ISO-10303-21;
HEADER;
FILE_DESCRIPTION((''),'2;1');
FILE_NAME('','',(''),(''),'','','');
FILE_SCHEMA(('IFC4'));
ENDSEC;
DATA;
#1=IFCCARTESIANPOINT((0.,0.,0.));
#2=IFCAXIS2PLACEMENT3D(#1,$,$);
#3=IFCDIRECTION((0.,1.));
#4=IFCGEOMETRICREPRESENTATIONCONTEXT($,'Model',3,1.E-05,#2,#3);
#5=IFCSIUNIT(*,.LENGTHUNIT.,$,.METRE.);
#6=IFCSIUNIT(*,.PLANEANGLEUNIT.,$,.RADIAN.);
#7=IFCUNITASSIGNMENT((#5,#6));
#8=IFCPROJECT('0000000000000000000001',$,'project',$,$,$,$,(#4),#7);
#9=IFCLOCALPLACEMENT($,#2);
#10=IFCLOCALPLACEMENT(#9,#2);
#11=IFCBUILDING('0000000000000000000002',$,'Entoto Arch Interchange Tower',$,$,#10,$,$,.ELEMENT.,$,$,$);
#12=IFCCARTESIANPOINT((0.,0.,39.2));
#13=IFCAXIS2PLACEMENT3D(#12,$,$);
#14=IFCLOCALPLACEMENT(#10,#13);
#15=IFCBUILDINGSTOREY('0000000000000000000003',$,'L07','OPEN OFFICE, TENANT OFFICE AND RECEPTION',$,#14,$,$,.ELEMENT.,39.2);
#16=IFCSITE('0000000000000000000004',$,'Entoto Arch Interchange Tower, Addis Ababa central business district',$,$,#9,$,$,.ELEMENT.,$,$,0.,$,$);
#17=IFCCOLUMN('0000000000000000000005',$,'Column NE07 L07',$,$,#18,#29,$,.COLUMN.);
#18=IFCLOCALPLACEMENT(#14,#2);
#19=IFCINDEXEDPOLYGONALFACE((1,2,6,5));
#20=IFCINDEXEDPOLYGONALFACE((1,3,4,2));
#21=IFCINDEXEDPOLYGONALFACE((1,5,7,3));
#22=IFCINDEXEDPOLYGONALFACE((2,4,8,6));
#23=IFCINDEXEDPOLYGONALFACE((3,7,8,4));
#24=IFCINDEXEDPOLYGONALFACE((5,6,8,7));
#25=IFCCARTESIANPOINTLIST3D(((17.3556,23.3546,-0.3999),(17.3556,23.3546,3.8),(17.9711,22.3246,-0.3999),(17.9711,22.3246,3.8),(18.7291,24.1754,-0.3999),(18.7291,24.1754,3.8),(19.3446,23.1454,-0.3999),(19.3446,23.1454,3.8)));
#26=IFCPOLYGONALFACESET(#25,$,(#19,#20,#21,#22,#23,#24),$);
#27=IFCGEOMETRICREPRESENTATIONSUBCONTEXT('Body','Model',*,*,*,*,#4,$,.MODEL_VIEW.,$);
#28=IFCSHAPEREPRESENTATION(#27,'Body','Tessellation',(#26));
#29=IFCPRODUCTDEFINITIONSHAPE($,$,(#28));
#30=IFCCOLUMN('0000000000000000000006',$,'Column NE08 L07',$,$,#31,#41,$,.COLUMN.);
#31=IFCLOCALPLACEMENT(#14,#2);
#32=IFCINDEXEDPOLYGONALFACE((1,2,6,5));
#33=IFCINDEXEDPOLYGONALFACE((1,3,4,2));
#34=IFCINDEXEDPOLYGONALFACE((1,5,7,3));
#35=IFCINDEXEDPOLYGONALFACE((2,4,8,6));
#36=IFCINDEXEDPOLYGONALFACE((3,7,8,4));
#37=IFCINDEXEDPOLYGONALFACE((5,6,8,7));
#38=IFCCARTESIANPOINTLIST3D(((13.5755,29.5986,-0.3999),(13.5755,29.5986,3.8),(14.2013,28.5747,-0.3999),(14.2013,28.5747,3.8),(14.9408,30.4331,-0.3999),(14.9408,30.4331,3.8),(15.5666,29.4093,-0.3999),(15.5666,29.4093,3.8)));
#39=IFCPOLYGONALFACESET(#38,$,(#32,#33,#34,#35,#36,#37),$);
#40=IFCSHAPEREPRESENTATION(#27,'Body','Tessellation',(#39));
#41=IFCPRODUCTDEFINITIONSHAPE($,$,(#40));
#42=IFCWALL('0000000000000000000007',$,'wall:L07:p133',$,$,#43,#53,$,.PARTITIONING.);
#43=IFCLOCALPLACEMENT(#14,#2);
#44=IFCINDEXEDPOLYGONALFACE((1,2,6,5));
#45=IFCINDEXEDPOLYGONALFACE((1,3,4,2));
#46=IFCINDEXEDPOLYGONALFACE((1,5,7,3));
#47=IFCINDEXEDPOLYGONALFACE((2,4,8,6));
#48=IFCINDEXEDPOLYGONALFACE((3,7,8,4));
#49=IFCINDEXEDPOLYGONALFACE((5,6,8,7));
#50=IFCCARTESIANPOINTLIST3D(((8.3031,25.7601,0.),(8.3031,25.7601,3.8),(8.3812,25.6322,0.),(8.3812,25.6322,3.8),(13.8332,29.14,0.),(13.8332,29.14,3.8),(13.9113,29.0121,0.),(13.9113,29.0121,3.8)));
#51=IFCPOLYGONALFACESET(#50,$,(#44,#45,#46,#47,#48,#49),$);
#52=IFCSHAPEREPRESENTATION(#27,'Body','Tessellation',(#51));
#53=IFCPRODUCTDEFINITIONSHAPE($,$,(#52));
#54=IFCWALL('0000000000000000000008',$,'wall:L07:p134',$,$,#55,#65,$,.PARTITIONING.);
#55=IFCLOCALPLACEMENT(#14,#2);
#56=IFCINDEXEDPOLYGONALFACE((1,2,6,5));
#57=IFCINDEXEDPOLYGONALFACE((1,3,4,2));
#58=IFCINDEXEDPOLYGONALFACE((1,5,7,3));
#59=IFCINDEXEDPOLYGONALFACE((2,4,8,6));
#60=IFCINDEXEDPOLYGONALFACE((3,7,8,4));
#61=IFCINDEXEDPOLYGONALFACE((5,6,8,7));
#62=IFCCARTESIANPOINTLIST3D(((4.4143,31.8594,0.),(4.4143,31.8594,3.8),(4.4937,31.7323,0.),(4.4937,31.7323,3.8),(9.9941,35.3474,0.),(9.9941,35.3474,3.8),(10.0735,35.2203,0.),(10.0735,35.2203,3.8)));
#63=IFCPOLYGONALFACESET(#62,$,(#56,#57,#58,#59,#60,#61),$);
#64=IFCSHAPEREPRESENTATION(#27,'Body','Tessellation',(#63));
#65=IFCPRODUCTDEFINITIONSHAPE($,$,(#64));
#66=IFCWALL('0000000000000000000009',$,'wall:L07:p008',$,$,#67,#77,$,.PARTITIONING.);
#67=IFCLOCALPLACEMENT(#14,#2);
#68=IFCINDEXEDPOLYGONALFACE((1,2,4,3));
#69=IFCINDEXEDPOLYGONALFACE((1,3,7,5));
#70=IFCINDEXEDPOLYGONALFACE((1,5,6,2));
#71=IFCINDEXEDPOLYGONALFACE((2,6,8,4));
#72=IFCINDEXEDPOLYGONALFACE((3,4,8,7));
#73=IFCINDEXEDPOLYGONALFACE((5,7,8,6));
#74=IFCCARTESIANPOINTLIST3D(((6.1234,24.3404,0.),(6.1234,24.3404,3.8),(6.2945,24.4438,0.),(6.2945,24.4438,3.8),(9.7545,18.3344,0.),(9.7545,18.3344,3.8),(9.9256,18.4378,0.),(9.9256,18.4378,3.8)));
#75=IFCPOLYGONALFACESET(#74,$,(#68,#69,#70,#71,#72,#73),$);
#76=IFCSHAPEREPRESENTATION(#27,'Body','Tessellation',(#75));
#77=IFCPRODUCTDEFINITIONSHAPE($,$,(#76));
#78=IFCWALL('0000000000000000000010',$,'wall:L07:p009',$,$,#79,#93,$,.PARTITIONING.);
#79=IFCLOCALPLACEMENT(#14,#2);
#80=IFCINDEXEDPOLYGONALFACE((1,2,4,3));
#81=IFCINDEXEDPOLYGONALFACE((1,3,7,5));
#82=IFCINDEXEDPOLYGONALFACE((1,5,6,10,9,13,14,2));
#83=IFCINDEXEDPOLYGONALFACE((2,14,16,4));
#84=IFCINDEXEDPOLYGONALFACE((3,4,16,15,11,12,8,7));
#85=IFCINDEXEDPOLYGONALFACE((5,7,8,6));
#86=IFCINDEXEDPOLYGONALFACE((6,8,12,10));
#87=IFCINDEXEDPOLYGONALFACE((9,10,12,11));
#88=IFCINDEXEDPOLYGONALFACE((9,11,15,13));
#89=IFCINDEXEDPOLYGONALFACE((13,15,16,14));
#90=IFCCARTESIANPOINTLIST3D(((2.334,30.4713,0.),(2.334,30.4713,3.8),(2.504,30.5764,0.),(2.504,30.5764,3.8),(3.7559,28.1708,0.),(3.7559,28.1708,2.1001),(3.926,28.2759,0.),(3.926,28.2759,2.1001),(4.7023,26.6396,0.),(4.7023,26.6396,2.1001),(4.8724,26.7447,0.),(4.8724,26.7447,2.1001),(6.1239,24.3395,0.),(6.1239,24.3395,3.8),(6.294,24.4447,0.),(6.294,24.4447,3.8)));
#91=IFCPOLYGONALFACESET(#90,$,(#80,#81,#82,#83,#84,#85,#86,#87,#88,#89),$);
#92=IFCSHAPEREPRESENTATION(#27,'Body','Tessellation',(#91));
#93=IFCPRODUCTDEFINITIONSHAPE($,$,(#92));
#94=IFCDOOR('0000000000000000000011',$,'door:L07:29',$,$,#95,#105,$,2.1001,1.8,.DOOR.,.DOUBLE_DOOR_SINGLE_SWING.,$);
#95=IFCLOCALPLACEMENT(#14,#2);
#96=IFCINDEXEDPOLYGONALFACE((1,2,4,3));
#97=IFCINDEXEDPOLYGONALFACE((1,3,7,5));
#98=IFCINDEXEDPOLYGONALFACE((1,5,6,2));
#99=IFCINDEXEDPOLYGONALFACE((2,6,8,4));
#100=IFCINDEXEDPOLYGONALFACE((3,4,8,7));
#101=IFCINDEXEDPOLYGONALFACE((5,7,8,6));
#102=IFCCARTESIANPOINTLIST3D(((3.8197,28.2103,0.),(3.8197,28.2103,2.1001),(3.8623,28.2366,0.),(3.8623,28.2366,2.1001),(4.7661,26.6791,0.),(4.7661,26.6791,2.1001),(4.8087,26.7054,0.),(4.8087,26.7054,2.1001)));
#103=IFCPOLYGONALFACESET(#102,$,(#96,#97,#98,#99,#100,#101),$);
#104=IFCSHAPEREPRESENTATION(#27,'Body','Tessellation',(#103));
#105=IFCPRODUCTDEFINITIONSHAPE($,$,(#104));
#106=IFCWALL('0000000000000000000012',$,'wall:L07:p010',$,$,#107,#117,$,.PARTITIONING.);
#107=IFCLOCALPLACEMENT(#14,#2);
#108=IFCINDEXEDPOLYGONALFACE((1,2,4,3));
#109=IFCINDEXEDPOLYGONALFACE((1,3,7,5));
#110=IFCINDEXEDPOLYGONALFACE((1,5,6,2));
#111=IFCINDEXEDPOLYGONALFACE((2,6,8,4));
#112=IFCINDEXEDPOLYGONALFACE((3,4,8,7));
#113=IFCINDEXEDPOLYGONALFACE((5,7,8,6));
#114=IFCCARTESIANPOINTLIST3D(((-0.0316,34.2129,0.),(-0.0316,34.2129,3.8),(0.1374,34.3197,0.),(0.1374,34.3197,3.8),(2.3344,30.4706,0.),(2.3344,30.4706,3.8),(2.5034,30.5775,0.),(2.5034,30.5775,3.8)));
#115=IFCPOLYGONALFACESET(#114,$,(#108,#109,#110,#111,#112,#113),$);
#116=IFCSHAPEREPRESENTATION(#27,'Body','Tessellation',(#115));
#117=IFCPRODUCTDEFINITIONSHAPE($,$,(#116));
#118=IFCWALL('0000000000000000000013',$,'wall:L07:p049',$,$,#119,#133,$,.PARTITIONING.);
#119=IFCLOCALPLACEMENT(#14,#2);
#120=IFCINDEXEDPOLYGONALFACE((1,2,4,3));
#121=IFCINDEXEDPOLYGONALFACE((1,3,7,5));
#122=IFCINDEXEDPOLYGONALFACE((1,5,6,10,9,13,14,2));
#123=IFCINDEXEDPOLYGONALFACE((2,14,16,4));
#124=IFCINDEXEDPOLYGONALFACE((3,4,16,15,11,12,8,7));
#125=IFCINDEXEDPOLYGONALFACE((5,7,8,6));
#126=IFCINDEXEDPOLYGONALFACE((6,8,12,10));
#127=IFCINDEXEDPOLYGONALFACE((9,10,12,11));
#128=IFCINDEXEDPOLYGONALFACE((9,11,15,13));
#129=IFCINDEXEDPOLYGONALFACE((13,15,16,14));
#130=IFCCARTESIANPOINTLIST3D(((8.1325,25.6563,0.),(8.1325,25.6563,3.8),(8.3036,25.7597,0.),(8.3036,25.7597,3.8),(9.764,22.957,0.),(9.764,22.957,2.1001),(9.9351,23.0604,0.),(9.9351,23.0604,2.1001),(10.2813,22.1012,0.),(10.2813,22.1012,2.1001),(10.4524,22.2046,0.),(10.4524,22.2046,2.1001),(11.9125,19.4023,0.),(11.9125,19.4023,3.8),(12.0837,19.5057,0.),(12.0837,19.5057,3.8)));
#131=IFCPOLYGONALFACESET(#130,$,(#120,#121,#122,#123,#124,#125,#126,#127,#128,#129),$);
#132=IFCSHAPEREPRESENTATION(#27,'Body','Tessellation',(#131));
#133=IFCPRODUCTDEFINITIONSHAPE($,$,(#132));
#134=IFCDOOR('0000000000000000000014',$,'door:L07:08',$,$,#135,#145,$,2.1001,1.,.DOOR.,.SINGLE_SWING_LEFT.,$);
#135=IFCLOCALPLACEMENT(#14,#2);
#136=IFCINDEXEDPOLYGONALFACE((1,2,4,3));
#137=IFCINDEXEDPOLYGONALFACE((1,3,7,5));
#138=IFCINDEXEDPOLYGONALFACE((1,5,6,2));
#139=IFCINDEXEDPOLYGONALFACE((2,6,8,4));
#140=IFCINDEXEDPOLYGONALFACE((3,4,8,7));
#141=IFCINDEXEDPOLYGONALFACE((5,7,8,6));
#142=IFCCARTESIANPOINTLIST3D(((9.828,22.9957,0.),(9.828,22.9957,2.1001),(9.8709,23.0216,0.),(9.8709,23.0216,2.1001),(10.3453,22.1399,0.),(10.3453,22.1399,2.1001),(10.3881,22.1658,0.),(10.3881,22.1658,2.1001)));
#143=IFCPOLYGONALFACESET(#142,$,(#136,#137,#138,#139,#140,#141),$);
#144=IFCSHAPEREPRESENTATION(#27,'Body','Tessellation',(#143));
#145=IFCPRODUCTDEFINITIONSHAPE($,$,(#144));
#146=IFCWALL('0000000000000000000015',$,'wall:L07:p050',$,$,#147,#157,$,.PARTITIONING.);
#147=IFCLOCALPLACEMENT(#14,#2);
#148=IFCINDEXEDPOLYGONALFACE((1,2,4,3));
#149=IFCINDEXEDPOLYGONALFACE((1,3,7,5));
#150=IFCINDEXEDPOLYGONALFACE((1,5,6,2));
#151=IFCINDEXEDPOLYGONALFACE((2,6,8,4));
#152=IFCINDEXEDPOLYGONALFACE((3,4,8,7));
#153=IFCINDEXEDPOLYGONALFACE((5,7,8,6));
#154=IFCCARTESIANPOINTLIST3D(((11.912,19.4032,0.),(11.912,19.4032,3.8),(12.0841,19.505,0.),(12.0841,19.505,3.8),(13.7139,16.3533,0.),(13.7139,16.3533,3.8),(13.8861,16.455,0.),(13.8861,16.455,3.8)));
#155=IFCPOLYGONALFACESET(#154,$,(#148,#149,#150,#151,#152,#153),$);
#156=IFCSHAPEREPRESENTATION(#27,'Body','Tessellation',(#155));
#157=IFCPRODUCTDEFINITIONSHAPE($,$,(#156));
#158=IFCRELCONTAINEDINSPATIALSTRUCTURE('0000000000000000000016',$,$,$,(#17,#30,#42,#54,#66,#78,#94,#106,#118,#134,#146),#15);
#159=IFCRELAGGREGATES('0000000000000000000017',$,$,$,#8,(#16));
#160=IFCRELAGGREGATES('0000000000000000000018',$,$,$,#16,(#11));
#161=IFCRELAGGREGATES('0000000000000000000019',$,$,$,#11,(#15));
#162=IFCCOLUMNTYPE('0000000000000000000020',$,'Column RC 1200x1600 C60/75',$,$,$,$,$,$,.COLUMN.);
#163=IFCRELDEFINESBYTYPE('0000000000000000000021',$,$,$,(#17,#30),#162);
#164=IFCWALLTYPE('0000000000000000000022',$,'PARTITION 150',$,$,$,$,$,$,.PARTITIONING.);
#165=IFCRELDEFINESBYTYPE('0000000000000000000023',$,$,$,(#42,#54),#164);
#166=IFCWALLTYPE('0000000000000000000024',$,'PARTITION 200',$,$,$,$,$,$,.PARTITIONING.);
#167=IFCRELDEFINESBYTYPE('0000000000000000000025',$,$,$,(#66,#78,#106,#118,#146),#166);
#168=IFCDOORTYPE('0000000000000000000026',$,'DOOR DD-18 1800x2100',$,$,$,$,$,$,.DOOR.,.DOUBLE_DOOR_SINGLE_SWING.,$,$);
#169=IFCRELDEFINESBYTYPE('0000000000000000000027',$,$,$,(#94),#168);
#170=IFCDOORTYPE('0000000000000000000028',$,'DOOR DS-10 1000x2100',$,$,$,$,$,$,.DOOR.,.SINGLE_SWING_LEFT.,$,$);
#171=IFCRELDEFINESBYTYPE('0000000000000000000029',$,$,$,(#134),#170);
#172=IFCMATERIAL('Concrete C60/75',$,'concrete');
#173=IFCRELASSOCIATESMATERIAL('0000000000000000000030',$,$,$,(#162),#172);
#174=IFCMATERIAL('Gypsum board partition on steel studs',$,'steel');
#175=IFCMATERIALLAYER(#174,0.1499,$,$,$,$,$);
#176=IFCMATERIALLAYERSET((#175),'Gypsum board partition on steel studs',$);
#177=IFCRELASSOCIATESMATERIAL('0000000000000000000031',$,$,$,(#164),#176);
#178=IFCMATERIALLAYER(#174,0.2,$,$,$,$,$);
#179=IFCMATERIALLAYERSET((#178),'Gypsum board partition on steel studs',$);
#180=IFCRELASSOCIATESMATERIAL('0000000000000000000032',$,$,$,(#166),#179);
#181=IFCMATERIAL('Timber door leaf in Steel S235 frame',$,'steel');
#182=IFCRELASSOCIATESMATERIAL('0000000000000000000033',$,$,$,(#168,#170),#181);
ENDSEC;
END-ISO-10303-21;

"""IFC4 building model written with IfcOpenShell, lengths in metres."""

from ifc_helpers import new_model, si_unit, direction, frame, frame_2d, origin, origin_2d, place, context, subcontext, project, spatial, rectangle, extrude, material, layer, layer_set, material_profile, profile_set, type_object, element, fill, save


model = new_model("IFC4")

# Units and contexts
model_context = context("Model", 3, precision=1e-05, world=origin(), true_north=direction((0.0, 1.0)))
body_context = subcontext(model_context, "Body", "Model", "MODEL_VIEW")
ifc_project = project(units=[si_unit("LENGTHUNIT", "METRE"), si_unit("PLANEANGLEUNIT", "RADIAN")], contexts=[model_context])

# Site, building, storey
site_placement = place(None, origin())
site = spatial("IfcSite", under=ifc_project, at=site_placement, Name="Entoto Arch Interchange Tower, Addis Ababa central business district", CompositionType="ELEMENT", RefElevation=0.0)
building_placement = place(site_placement, origin())
building = spatial("IfcBuilding", under=site, at=building_placement, Name="Entoto Arch Interchange Tower", CompositionType="ELEMENT")
storey_placement = place(building_placement, frame((0.0, 0.0, 39.2)))
storey = spatial("IfcBuildingStorey", under=building, at=storey_placement, Name="L07", Description="OPEN OFFICE, TENANT OFFICE AND RECEPTION", CompositionType="ELEMENT", Elevation=39.2)

# Columns
ifc_material_1 = material(Name="Concrete C60/75", Category="concrete")
ifc_material_profile = material_profile(ifc_material_1, rectangle(XDim=1.2, YDim=1.6001, at=origin_2d()))
ifc_profile_set = profile_set([ifc_material_profile], Name="Concrete C60/75")
column_type = type_object("IfcColumnType", Name="Column RC 1200x1600 C60/75", PredefinedType="COLUMN", material=ifc_profile_set)
for number, where, z_axis, x_axis, name in (
    (1, (18.3501, 23.25, -0.3999), (0.0, 0.0, 1.0), (-0.512972, 0.858405, 0.0), "Column NE07 L07"),
    (2, (14.571, 29.5039, -0.3999), (0.0, 0.0, 1.0), (-0.521546, 0.853223, 0.0), "Column NE08 L07"),
):
    element("IfcColumn", number, at=place(storey_placement, frame(where, z_axis=z_axis, x_axis=x_axis)), inside=storey, type_object=column_type, Name=name, PredefinedType="COLUMN", context=body_context, shape_type="SweptSolid", body=[
        extrude(rectangle(XDim=1.2, YDim=1.6001, at=origin_2d()), origin(), (0.0, 0.0, 1.0), 4.2),
    ])

# Walls
ifc_material_2 = material(Name="Gypsum board partition on steel studs", Category="steel")
ifc_layer_1 = layer(ifc_material_2, 0.1499)
ifc_layer_set_1 = layer_set([ifc_layer_1], Name="Gypsum board partition on steel studs")
wall_type_1 = type_object("IfcWallType", Name="PARTITION 150", PredefinedType="PARTITIONING", material=ifc_layer_set_1)
wall_1_placement = place(storey_placement, frame((8.342, 25.696, 0.0), z_axis=(0.0, 0.0, 1.0), x_axis=(0.853253, 0.521497, 0.0)))
element("IfcWall", 3, at=wall_1_placement, inside=storey, type_object=wall_type_1, Name="wall:L07:p133", PredefinedType="PARTITIONING", context=body_context, shape_type="SweptSolid", body=[
    extrude(rectangle(XDim=6.4812, YDim=0.1499, at=frame_2d((3.2407, 0.0))), origin(), (0.0, 0.0, 1.0), 3.8),
])
wall_2_placement = place(storey_placement, frame((4.4541, 31.7959, 0.0), z_axis=(0.0, 0.0, 1.0), x_axis=(0.847955, 0.530069, 0.0)))
element("IfcWall", 4, at=wall_2_placement, inside=storey, type_object=wall_type_1, Name="wall:L07:p134", PredefinedType="PARTITIONING", context=body_context, shape_type="SweptSolid", body=[
    extrude(rectangle(XDim=6.5803, YDim=0.1499, at=frame_2d((3.29, 0.0))), origin(), (0.0, 0.0, 1.0), 3.8),
])
ifc_layer_2 = layer(ifc_material_2, 0.2)
ifc_layer_set_2 = layer_set([ifc_layer_2], Name="Gypsum board partition on steel studs")
wall_type_2 = type_object("IfcWallType", Name="PARTITION 200", PredefinedType="PARTITIONING", material=ifc_layer_set_2)
wall_3_placement = place(storey_placement, frame((9.8401, 18.386, 0.0), z_axis=(0.0, 0.0, 1.0), x_axis=(-0.517368, 0.855763, 0.0)))
element("IfcWall", 5, at=wall_3_placement, inside=storey, type_object=wall_type_2, Name="wall:L07:p008", PredefinedType="PARTITIONING", context=body_context, shape_type="SweptSolid", body=[
    extrude(rectangle(XDim=7.0183, YDim=0.2, at=frame_2d((3.5093, 0.0))), origin(), (0.0, 0.0, 1.0), 3.8),
])

# Wall, opening, door
wall_4_placement = place(storey_placement, frame((6.209, 24.3921, 0.0), z_axis=(0.0, 0.0, 1.0), x_axis=(-0.525767, 0.850629, 0.0)))
wall_4 = element("IfcWall", 6, at=wall_4_placement, inside=storey, type_object=wall_type_2, Name="wall:L07:p009", PredefinedType="PARTITIONING", context=body_context, shape_type="SweptSolid", body=[
    extrude(rectangle(XDim=7.2085, YDim=0.2, at=frame_2d((3.6042, 0.0))), origin(), (0.0, 0.0, 1.0), 3.8),
])
opening_1_placement = place(wall_4_placement, frame((2.7041, 0.0, 0.0)))
opening_1 = element("IfcOpeningElement", 7, at=opening_1_placement, cuts=wall_4, PredefinedType="OPENING", context=body_context, shape_type="SweptSolid", body=[
    extrude(rectangle(XDim=1.8, YDim=2.1001, at=frame_2d((0.8999, 1.05))), frame((0.0, 0.1099, 0.0), z_axis=(0.0, -1.0, 0.0), x_axis=(1.0, 0.0, 0.0)), (0.0, 0.0, 1.0), 0.22),
])
ifc_material_3 = material(Name="Timber door leaf in Steel S235 frame", Category="steel")
door_type_1 = type_object("IfcDoorType", Name="DOOR DD-18 1800x2100", OperationType="DOUBLE_DOOR_SINGLE_SWING", PredefinedType="DOOR", material=ifc_material_3)
door_1_placement = place(opening_1_placement, origin())
door_1 = element("IfcDoor", 8, at=door_1_placement, inside=storey, type_object=door_type_1, Name="door:L07:29", OperationType="DOUBLE_DOOR_SINGLE_SWING", OverallHeight=2.1001, OverallWidth=1.8, PredefinedType="DOOR", context=body_context, shape_type="SweptSolid", body=[
    extrude(rectangle(XDim=1.8, YDim=2.1001, at=frame_2d((0.8999, 1.05))), frame((0.0, 0.0249, 0.0), z_axis=(0.0, -1.0, 0.0), x_axis=(1.0, 0.0, 0.0)), (0.0, 0.0, 1.0), 0.05),
])
fill(opening_1, door_1)

# Wall
wall_5_placement = place(storey_placement, frame((2.4189, 30.5239, 0.0), z_axis=(0.0, 0.0, 1.0), x_axis=(-0.534393, 0.845236, 0.0)))
element("IfcWall", 9, at=wall_5_placement, inside=storey, type_object=wall_type_2, Name="wall:L07:p010", PredefinedType="PARTITIONING", context=body_context, shape_type="SweptSolid", body=[
    extrude(rectangle(XDim=4.4275, YDim=0.2, at=frame_2d((2.2139, 0.0))), origin(), (0.0, 0.0, 1.0), 3.8),
])

# Wall, opening, door
wall_6_placement = place(storey_placement, frame((8.218, 25.708, 0.0), z_axis=(0.0, 0.0, 1.0), x_axis=(0.517279, -0.855817, 0.0)))
wall_6 = element("IfcWall", 10, at=wall_6_placement, inside=storey, type_object=wall_type_2, Name="wall:L07:p049", PredefinedType="PARTITIONING", context=body_context, shape_type="SweptSolid", body=[
    extrude(rectangle(XDim=7.3076, YDim=0.2, at=frame_2d((3.6538, 0.0))), origin(), (0.0, 0.0, 1.0), 3.8),
])
opening_2_placement = place(wall_6_placement, frame((3.1541, 0.0, 0.0)))
opening_2 = element("IfcOpeningElement", 11, at=opening_2_placement, cuts=wall_6, PredefinedType="OPENING", context=body_context, shape_type="SweptSolid", body=[
    extrude(rectangle(XDim=1.0, YDim=2.1001, at=frame_2d((0.5, 1.05))), frame((0.0, 0.1099, 0.0), z_axis=(0.0, -1.0, 0.0), x_axis=(1.0, 0.0, 0.0)), (0.0, 0.0, 1.0), 0.22),
])
door_type_2 = type_object("IfcDoorType", Name="DOOR DS-10 1000x2100", OperationType="SINGLE_SWING_LEFT", PredefinedType="DOOR", material=ifc_material_3)
door_2_placement = place(opening_2_placement, origin())
door_2 = element("IfcDoor", 12, at=door_2_placement, inside=storey, type_object=door_type_2, Name="door:L07:08", OperationType="SINGLE_SWING_LEFT", OverallHeight=2.1001, OverallWidth=1.0, PredefinedType="DOOR", context=body_context, shape_type="SweptSolid", body=[
    extrude(rectangle(XDim=1.0, YDim=2.1001, at=frame_2d((0.5, 1.05))), frame((0.0, 0.0249, 0.0), z_axis=(0.0, -1.0, 0.0), x_axis=(1.0, 0.0, 0.0)), (0.0, 0.0, 1.0), 0.05),
])
fill(opening_2, door_2)

# Wall
wall_7_placement = place(storey_placement, frame((11.998, 19.4541, 0.0), z_axis=(0.0, 0.0, 1.0), x_axis=(0.508667, -0.860964, 0.0)))
element("IfcWall", 13, at=wall_7_placement, inside=storey, type_object=wall_type_2, Name="wall:L07:p050", PredefinedType="PARTITIONING", context=body_context, shape_type="SweptSolid", body=[
    extrude(rectangle(XDim=3.5425, YDim=0.2, at=frame_2d((1.7712, 0.0))), origin(), (0.0, 0.0, 1.0), 3.8),
])

save(model, "model.ifc")
